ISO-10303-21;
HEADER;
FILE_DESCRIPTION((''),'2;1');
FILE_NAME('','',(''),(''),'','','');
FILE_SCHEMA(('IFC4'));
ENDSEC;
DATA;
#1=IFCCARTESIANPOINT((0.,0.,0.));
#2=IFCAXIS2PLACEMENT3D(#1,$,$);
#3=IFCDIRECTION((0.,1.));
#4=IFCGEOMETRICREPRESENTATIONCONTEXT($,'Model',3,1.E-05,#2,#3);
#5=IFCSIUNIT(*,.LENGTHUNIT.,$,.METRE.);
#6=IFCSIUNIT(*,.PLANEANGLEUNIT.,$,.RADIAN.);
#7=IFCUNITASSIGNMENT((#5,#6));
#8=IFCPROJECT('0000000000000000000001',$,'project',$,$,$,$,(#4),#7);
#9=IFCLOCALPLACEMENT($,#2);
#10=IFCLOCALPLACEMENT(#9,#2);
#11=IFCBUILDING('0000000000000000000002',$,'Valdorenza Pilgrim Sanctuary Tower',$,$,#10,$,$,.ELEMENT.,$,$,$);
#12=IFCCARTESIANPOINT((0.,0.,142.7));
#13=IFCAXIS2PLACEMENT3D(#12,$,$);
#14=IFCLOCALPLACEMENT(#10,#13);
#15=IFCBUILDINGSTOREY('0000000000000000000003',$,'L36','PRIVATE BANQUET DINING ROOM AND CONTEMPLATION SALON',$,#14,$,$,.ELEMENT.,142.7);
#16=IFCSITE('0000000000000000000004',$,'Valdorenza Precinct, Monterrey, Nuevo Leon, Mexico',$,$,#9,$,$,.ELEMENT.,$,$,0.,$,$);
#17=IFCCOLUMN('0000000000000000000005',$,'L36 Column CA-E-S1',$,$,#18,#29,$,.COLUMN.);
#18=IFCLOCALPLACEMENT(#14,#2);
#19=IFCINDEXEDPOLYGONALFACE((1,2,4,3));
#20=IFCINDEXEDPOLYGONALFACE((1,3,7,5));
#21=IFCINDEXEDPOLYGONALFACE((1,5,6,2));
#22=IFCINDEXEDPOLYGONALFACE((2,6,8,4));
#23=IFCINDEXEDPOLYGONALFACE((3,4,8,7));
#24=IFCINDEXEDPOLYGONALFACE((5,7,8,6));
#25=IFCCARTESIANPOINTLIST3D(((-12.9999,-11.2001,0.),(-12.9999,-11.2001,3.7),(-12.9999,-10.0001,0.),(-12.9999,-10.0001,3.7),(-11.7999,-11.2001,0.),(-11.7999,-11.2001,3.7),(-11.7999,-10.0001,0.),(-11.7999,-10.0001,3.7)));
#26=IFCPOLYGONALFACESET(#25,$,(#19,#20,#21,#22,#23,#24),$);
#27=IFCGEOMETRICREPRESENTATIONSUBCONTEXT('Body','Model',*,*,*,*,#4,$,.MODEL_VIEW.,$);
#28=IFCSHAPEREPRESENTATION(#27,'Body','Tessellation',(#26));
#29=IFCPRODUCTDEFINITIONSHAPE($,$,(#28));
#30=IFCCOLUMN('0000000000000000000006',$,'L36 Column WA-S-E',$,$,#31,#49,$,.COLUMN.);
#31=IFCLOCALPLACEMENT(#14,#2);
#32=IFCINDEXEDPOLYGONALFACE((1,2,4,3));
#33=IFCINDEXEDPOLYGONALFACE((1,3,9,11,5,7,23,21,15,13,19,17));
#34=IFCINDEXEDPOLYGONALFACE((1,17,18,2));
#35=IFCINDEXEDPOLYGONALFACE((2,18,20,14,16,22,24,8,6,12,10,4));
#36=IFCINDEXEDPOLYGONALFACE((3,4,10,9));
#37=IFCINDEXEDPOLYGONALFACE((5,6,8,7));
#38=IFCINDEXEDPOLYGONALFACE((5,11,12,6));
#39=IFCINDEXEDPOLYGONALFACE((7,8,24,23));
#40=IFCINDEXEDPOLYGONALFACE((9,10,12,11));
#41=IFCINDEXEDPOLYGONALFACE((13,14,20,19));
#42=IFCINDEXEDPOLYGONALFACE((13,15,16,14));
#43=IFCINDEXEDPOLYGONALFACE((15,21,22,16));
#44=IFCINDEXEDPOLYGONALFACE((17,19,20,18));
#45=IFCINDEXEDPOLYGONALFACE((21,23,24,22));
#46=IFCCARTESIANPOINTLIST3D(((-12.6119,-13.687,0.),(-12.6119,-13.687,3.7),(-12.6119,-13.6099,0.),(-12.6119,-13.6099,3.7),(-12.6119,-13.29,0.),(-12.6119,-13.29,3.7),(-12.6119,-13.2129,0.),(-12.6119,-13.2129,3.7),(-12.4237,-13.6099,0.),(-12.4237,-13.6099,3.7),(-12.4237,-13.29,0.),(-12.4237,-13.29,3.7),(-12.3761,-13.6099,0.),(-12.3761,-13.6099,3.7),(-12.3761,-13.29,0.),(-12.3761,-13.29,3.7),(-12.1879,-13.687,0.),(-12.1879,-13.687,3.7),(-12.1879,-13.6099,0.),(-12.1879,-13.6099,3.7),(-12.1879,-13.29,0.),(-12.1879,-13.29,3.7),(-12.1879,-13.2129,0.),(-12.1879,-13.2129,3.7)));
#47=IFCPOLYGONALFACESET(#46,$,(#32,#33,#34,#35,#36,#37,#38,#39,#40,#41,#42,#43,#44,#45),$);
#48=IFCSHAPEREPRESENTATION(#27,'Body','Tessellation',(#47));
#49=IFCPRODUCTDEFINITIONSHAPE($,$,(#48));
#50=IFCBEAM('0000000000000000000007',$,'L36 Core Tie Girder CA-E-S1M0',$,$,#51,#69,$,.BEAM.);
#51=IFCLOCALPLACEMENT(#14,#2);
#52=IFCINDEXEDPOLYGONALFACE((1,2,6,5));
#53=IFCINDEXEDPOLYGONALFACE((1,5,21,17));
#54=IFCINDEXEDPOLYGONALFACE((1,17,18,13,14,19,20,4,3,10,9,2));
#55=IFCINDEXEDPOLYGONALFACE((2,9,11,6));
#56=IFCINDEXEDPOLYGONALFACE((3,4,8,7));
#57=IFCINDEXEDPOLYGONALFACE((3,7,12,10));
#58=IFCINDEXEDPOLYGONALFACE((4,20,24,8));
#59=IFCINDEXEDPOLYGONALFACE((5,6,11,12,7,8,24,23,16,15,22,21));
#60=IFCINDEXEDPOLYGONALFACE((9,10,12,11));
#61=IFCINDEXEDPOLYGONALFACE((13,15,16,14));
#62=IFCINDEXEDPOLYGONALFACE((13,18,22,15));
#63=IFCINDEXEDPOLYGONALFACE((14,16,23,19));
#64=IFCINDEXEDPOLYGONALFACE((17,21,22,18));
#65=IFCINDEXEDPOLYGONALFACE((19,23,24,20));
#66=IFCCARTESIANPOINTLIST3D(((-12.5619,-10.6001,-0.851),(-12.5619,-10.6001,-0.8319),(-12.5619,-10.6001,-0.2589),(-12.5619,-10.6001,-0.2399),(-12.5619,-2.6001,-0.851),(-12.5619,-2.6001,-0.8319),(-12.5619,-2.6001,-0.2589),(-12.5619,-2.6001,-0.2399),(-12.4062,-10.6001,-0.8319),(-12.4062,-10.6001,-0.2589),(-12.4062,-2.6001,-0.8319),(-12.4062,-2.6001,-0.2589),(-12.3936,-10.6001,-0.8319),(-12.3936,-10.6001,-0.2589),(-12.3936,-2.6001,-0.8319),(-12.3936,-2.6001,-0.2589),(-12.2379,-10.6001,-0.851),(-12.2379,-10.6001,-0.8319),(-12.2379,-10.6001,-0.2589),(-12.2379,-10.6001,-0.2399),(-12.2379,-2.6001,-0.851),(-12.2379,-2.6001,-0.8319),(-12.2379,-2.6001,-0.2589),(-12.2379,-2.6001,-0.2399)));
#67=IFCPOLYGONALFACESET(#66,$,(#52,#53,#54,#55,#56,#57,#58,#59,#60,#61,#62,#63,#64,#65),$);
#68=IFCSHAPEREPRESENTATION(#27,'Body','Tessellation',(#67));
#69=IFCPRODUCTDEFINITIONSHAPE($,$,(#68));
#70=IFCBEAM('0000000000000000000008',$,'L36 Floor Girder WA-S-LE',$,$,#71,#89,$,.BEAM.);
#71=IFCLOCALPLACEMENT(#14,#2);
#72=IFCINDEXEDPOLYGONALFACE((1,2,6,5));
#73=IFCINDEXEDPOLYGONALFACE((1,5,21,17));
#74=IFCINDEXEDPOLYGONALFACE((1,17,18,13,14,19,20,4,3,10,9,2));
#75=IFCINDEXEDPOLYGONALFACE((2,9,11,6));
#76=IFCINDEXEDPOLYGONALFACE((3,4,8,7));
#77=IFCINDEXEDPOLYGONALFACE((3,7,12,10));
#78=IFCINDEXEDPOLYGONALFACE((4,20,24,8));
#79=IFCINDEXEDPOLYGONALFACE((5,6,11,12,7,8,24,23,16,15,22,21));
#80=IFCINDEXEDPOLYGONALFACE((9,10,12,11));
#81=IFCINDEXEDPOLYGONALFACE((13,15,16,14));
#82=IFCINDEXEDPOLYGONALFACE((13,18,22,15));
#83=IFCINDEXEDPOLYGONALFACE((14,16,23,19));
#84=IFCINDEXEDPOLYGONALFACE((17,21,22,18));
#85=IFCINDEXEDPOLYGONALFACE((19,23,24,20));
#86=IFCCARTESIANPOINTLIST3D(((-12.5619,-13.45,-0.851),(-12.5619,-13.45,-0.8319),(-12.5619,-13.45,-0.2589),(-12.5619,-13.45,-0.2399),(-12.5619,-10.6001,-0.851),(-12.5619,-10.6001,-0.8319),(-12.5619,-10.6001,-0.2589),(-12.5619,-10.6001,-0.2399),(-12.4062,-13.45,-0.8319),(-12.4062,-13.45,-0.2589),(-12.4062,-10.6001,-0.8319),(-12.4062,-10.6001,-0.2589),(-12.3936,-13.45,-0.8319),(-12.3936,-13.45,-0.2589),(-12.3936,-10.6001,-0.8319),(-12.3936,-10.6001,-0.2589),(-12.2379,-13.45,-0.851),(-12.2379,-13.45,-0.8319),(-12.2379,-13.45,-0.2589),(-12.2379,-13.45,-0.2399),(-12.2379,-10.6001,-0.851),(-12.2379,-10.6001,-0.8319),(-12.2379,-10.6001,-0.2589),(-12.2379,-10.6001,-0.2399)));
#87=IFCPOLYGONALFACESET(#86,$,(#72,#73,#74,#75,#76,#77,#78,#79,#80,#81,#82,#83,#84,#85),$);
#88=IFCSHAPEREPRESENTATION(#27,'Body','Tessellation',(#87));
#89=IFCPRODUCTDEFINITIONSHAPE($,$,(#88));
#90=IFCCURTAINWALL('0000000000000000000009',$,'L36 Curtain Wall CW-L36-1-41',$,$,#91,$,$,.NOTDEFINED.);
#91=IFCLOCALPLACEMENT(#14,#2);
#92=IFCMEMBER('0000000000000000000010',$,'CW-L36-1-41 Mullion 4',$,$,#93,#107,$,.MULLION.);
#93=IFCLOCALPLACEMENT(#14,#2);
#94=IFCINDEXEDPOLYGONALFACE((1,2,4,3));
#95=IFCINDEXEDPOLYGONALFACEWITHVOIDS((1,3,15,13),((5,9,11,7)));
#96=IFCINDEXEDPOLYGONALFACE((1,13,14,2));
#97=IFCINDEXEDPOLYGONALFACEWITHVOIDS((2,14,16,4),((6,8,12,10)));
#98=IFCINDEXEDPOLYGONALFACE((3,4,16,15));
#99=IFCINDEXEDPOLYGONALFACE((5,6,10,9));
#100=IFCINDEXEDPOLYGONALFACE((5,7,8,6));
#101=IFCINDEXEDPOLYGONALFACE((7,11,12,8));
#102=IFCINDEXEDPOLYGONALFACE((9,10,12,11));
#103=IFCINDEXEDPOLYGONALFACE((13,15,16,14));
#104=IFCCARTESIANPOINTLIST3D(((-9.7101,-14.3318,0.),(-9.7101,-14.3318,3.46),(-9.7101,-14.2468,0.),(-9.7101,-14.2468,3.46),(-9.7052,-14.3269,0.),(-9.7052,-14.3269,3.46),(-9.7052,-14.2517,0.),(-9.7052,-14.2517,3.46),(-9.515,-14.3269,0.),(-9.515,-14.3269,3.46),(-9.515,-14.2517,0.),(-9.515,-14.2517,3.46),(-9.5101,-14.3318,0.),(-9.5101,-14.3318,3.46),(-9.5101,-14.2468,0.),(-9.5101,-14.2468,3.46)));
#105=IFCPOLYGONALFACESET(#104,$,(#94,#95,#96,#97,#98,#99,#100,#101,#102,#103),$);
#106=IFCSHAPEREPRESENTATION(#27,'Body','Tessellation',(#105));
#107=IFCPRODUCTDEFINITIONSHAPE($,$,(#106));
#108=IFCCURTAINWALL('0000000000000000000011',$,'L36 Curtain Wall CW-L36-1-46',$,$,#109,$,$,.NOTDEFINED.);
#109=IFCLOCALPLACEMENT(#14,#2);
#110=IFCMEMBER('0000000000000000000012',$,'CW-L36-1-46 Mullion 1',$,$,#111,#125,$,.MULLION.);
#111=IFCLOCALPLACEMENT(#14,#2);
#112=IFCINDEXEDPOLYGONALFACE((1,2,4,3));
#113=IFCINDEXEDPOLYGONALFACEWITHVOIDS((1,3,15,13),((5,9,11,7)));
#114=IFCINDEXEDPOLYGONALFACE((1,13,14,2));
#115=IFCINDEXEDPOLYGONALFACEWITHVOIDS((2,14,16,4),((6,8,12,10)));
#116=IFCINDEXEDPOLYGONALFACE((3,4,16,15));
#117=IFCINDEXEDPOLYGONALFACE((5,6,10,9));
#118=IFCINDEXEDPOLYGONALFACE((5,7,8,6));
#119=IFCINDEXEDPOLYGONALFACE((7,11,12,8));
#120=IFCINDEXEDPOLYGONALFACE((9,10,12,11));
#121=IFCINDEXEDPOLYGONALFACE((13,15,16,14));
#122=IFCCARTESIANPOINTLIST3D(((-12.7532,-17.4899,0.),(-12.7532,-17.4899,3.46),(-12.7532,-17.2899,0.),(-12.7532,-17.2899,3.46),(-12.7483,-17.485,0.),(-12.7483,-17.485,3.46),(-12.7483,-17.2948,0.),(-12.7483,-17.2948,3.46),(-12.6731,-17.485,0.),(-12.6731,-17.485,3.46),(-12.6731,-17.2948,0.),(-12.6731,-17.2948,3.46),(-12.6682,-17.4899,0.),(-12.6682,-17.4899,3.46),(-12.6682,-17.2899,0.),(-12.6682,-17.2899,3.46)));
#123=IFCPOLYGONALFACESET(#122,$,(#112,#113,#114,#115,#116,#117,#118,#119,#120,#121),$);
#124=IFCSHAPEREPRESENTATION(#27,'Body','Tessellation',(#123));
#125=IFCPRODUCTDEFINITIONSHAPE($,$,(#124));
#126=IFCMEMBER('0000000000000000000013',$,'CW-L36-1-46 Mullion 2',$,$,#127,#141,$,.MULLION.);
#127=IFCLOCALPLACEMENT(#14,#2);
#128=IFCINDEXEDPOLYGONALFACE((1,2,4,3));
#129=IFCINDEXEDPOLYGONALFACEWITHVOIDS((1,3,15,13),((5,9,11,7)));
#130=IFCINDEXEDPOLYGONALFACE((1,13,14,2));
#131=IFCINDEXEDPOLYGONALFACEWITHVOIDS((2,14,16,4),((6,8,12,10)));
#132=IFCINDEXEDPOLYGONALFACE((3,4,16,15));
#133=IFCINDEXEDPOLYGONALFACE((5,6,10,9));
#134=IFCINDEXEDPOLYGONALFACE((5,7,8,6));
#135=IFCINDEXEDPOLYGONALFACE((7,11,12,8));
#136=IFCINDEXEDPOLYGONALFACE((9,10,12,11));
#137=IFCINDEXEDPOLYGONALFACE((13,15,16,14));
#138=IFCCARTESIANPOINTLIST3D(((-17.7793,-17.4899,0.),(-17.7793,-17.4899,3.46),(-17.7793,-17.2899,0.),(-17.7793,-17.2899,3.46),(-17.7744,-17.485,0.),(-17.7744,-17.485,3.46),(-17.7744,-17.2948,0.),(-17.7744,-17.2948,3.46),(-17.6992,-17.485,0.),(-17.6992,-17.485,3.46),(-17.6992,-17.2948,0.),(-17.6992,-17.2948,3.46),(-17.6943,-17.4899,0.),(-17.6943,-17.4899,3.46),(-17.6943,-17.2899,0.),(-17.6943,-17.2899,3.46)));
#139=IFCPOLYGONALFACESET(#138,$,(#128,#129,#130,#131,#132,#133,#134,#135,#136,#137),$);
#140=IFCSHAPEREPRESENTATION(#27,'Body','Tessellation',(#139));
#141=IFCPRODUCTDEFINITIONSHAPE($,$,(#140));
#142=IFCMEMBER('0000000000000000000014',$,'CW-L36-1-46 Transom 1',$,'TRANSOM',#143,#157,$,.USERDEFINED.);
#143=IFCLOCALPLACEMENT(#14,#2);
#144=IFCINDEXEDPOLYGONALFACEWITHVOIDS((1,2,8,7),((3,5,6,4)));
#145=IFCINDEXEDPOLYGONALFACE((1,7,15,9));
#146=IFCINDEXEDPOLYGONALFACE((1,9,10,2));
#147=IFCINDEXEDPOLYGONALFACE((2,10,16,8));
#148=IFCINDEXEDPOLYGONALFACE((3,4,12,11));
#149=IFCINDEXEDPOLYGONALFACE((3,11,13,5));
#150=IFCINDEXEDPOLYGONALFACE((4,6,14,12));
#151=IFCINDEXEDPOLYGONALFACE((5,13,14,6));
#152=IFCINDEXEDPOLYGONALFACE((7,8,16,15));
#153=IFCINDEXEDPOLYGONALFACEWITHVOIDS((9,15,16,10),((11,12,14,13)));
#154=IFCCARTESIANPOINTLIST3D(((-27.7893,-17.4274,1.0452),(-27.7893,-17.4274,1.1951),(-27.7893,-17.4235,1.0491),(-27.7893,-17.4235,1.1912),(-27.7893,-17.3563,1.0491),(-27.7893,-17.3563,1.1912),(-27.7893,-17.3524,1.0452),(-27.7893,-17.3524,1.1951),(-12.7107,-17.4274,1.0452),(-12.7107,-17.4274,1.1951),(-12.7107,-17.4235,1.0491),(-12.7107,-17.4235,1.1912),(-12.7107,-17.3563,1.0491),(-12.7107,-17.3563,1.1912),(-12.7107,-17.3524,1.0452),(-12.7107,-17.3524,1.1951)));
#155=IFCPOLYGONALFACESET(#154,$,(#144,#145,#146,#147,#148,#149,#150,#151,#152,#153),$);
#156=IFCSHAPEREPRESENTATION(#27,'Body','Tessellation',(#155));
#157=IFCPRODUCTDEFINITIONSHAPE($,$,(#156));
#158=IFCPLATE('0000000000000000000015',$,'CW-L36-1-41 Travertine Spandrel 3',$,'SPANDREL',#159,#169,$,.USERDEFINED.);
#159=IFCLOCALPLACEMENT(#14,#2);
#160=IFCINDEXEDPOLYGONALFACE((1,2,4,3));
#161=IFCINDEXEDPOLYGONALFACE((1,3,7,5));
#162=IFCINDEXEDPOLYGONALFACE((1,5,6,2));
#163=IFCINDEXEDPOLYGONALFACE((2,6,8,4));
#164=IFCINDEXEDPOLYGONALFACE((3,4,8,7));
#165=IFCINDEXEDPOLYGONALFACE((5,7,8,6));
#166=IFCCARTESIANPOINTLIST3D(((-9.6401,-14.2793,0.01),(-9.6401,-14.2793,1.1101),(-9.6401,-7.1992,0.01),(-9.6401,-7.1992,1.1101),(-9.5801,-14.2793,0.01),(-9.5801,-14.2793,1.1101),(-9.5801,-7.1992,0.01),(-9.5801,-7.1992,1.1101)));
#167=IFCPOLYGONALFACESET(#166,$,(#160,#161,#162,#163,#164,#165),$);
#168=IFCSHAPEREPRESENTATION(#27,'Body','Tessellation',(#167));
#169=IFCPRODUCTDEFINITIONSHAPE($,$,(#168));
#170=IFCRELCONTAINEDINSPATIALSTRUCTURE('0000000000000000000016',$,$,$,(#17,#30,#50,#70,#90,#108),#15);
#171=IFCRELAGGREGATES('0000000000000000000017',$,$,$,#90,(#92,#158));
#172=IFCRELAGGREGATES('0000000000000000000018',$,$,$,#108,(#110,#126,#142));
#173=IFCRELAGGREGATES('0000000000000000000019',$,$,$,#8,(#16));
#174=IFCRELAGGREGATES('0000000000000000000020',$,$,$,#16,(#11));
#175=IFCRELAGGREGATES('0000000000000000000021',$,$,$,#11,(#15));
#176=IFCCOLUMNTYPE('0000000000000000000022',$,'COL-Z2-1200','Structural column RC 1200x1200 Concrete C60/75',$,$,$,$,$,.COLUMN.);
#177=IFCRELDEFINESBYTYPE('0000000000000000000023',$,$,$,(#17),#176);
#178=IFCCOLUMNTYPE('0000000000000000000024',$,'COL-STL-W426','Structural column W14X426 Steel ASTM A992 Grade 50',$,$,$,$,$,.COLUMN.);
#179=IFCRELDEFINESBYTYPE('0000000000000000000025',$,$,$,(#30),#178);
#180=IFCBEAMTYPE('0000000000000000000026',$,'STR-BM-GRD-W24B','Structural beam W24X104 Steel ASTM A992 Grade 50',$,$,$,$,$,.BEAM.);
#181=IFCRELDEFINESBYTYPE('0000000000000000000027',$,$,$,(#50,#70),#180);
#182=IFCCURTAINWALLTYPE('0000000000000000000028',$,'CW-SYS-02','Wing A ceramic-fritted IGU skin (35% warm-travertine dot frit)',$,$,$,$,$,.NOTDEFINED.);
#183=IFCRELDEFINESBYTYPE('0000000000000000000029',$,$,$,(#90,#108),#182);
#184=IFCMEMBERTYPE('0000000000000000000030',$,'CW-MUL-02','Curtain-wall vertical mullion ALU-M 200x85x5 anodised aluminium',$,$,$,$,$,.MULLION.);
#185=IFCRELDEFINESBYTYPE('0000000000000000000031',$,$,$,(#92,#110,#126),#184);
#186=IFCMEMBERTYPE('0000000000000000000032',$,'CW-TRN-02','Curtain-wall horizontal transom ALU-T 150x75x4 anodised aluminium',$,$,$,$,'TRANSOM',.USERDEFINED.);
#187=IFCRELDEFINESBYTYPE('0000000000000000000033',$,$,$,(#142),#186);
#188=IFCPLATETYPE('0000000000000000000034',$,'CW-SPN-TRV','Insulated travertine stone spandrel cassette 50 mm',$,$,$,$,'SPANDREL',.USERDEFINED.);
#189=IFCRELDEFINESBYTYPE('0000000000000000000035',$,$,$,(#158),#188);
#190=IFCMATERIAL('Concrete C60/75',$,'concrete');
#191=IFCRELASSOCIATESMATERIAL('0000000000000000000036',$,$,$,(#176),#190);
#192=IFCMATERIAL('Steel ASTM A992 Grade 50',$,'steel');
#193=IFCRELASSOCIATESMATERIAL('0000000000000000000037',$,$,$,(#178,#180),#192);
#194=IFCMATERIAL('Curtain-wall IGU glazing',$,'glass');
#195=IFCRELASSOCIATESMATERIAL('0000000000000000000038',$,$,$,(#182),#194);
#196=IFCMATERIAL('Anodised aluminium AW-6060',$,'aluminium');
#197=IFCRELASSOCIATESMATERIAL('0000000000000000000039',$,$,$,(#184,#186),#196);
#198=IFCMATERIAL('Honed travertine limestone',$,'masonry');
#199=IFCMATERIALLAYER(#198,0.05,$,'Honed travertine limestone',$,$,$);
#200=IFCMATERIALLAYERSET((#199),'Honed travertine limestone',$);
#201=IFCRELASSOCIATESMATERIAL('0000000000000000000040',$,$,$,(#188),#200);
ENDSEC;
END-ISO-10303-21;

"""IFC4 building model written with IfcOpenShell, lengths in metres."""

from ifc_helpers import new_model, si_unit, direction, frame, origin, origin_2d, place, context, subcontext, project, spatial, rectangle, hollow_rectangle, i_section, extrude, source, transform, mapped, material, layer, layer_set, material_profile, profile_set, type_object, element, aggregate, save


model = new_model("IFC4")

# Units and contexts
model_context = context("Model", 3, precision=1e-05, world=origin(), true_north=direction((0.0, 1.0)))
body_context = subcontext(model_context, "Body", "Model", "MODEL_VIEW")
ifc_project = project(units=[si_unit("LENGTHUNIT", "METRE"), si_unit("PLANEANGLEUNIT", "RADIAN")], contexts=[model_context])

# Site, building, storey
site_placement = place(None, origin())
site = spatial("IfcSite", under=ifc_project, at=site_placement, Name="Valdorenza Precinct, Monterrey, Nuevo Leon, Mexico", CompositionType="ELEMENT", RefElevation=0.0)
building_placement = place(site_placement, origin())
building = spatial("IfcBuilding", under=site, at=building_placement, Name="Valdorenza Pilgrim Sanctuary Tower", CompositionType="ELEMENT")
storey_placement = place(building_placement, frame((0.0, 0.0, 142.7)))
storey = spatial("IfcBuildingStorey", under=building, at=storey_placement, Name="L36", Description="PRIVATE BANQUET DINING ROOM AND CONTEMPLATION SALON", CompositionType="ELEMENT", Elevation=142.7)

# Columns
ifc_material_1 = material(Name="Concrete C60/75", Category="concrete")
ifc_material_profile_1 = material_profile(ifc_material_1, rectangle(XDim=1.2, YDim=1.2, at=origin_2d()), Name="RC 1200x1200")
ifc_profile_set_1 = profile_set([ifc_material_profile_1], Name="Concrete C60/75")
column_type_1 = type_object("IfcColumnType", Name="COL-Z2-1200", Description="Structural column RC 1200x1200 Concrete C60/75", PredefinedType="COLUMN", material=ifc_profile_set_1)
shared_shape_1 = source(origin(), body_context, "Body", "SweptSolid", [
    extrude(rectangle(XDim=1.2, YDim=1.2, at=origin_2d()), origin(), (0.0, 0.0, 1.0), 3.7),
])
column_1_placement = place(storey_placement, frame((-12.3999, -10.6001, 0.0), z_axis=(0.0, 0.0, 1.0), x_axis=(1.0, 0.0, 0.0)))
element("IfcColumn", 1, at=column_1_placement, inside=storey, type_object=column_type_1, Name="L36 Column CA-E-S1", PredefinedType="COLUMN", context=body_context, shape_type="MappedRepresentation", body=[
    mapped(shared_shape_1, transform((0.0, 0.0, 0.0), x_axis=(1.0, 0.0, 0.0), y_axis=(0.0, 1.0, 0.0), z_axis=(0.0, 0.0, 1.0), scale=1.0)),
])
ifc_material_2 = material(Name="Steel ASTM A992 Grade 50", Category="steel")
ifc_material_profile_2 = material_profile(ifc_material_2, i_section(OverallWidth=0.4241, OverallDepth=0.4741, WebThickness=0.0476, FlangeThickness=0.0771, at=origin_2d()), Name="W14X426")
ifc_profile_set_2 = profile_set([ifc_material_profile_2], Name="Steel ASTM A992 Grade 50")
column_type_2 = type_object("IfcColumnType", Name="COL-STL-W426", Description="Structural column W14X426 Steel ASTM A992 Grade 50", PredefinedType="COLUMN", material=ifc_profile_set_2)
shared_shape_2 = source(origin(), body_context, "Body", "SweptSolid", [
    extrude(i_section(OverallWidth=0.4241, OverallDepth=0.4741, WebThickness=0.0476, FlangeThickness=0.0771, at=origin_2d()), origin(), (0.0, 0.0, 1.0), 3.7),
])
column_2_placement = place(storey_placement, frame((-12.3999, -13.45, 0.0), z_axis=(0.0, 0.0, 1.0), x_axis=(1.0, 0.0, 0.0)))
element("IfcColumn", 2, at=column_2_placement, inside=storey, type_object=column_type_2, Name="L36 Column WA-S-E", PredefinedType="COLUMN", context=body_context, shape_type="MappedRepresentation", body=[
    mapped(shared_shape_2, transform((0.0, 0.0, 0.0), x_axis=(1.0, 0.0, 0.0), y_axis=(0.0, 1.0, 0.0), z_axis=(0.0, 0.0, 1.0), scale=1.0)),
])

# Beams
ifc_material_profile_3 = material_profile(ifc_material_2, i_section(OverallWidth=0.324, OverallDepth=0.6111, WebThickness=0.0127, FlangeThickness=0.019, at=origin_2d()), Name="W24X104")
ifc_profile_set_3 = profile_set([ifc_material_profile_3], Name="Steel ASTM A992 Grade 50")
beam_type = type_object("IfcBeamType", Name="STR-BM-GRD-W24B", Description="Structural beam W24X104 Steel ASTM A992 Grade 50", PredefinedType="BEAM", material=ifc_profile_set_3)
shared_shape_3 = source(origin(), body_context, "Body", "SweptSolid", [
    extrude(i_section(OverallWidth=0.324, OverallDepth=0.6111, WebThickness=0.0127, FlangeThickness=0.019, at=origin_2d()), origin(), (0.0, 0.0, 1.0), 8.0),
])
beam_1_placement = place(storey_placement, frame((-12.3999, -10.6001, -0.5454), z_axis=(0.0, 1.0, 0.0), x_axis=(-1.0, 0.0, 0.0)))
element("IfcBeam", 3, at=beam_1_placement, inside=storey, type_object=beam_type, Name="L36 Core Tie Girder CA-E-S1M0", PredefinedType="BEAM", context=body_context, shape_type="MappedRepresentation", body=[
    mapped(shared_shape_3, transform((0.0, 0.0, 0.0), x_axis=(1.0, 0.0, 0.0), y_axis=(0.0, 1.0, 0.0), z_axis=(0.0, 0.0, 1.0), scale=1.0)),
])
shared_shape_4 = source(origin(), body_context, "Body", "SweptSolid", [
    extrude(i_section(OverallWidth=0.324, OverallDepth=0.6111, WebThickness=0.0127, FlangeThickness=0.019, at=origin_2d()), origin(), (0.0, 0.0, 1.0), 2.8499),
])
beam_2_placement = place(storey_placement, frame((-12.3999, -13.45, -0.5454), z_axis=(0.0, 1.0, 0.0), x_axis=(-1.0, 0.0, 0.0)))
element("IfcBeam", 4, at=beam_2_placement, inside=storey, type_object=beam_type, Name="L36 Floor Girder WA-S-LE", PredefinedType="BEAM", context=body_context, shape_type="MappedRepresentation", body=[
    mapped(shared_shape_4, transform((0.0, 0.0, 0.0), x_axis=(1.0, 0.0, 0.0), y_axis=(0.0, 1.0, 0.0), z_axis=(0.0, 0.0, 1.0), scale=1.0)),
])

# Curtain wall, member
ifc_material_3 = material(Name="Curtain-wall IGU glazing", Category="glass")
curtain_wall_type = type_object("IfcCurtainWallType", Name="CW-SYS-02", Description="Wing A ceramic-fritted IGU skin (35% warm-travertine dot frit)", PredefinedType="NOTDEFINED", material=ifc_material_3)
curtain_wall_1_placement = place(storey_placement, origin())
curtain_wall_1 = element("IfcCurtainWall", 5, at=curtain_wall_1_placement, inside=storey, type_object=curtain_wall_type, Name="L36 Curtain Wall CW-L36-1-41", PredefinedType="NOTDEFINED")
ifc_material_4 = material(Name="Anodised aluminium AW-6060", Category="aluminium")
ifc_material_profile_4 = material_profile(ifc_material_4, hollow_rectangle(XDim=0.085, YDim=0.2, WallThickness=0.0049, at=origin_2d()), Name="ALU-M 200x85x5")
ifc_profile_set_4 = profile_set([ifc_material_profile_4], Name="Anodised aluminium AW-6060")
member_type_1 = type_object("IfcMemberType", Name="CW-MUL-02", Description="Curtain-wall vertical mullion ALU-M 200x85x5 anodised aluminium", PredefinedType="MULLION", material=ifc_profile_set_4)
shared_shape_5 = source(origin(), body_context, "Body", "SweptSolid", [
    extrude(hollow_rectangle(XDim=0.085, YDim=0.2, WallThickness=0.0049, at=origin_2d()), origin(), (0.0, 0.0, 1.0), 3.46),
])
member_1_placement = place(storey_placement, frame((-9.6101, -14.2893, 0.0), z_axis=(0.0, 0.0, 1.0), x_axis=(0.0, -1.0, 0.0)))
member_1 = element("IfcMember", 6, at=member_1_placement, type_object=member_type_1, Name="CW-L36-1-41 Mullion 4", PredefinedType="MULLION", context=body_context, shape_type="MappedRepresentation", body=[
    mapped(shared_shape_5, transform((0.0, 0.0, 0.0), x_axis=(1.0, 0.0, 0.0), y_axis=(0.0, 1.0, 0.0), z_axis=(0.0, 0.0, 1.0), scale=1.0)),
])

# Curtain wall, members
curtain_wall_2_placement = place(storey_placement, origin())
curtain_wall_2 = element("IfcCurtainWall", 7, at=curtain_wall_2_placement, inside=storey, type_object=curtain_wall_type, Name="L36 Curtain Wall CW-L36-1-46", PredefinedType="NOTDEFINED")
member_2_placement = place(storey_placement, frame((-12.7107, -17.3899, 0.0), z_axis=(0.0, 0.0, 1.0), x_axis=(-1.0, 0.0, 0.0)))
member_2 = element("IfcMember", 8, at=member_2_placement, type_object=member_type_1, Name="CW-L36-1-46 Mullion 1", PredefinedType="MULLION", context=body_context, shape_type="MappedRepresentation", body=[
    mapped(shared_shape_5, transform((0.0, 0.0, 0.0), x_axis=(1.0, 0.0, 0.0), y_axis=(0.0, 1.0, 0.0), z_axis=(0.0, 0.0, 1.0), scale=1.0)),
])
member_3_placement = place(storey_placement, frame((-17.7368, -17.3899, 0.0), z_axis=(0.0, 0.0, 1.0), x_axis=(-1.0, 0.0, 0.0)))
member_3 = element("IfcMember", 9, at=member_3_placement, type_object=member_type_1, Name="CW-L36-1-46 Mullion 2", PredefinedType="MULLION", context=body_context, shape_type="MappedRepresentation", body=[
    mapped(shared_shape_5, transform((0.0, 0.0, 0.0), x_axis=(1.0, 0.0, 0.0), y_axis=(0.0, 1.0, 0.0), z_axis=(0.0, 0.0, 1.0), scale=1.0)),
])
ifc_material_profile_5 = material_profile(ifc_material_4, hollow_rectangle(XDim=0.075, YDim=0.1499, WallThickness=0.0039, at=origin_2d()), Name="ALU-T 150x75x4")
ifc_profile_set_5 = profile_set([ifc_material_profile_5], Name="Anodised aluminium AW-6060")
member_type_2 = type_object("IfcMemberType", Name="CW-TRN-02", Description="Curtain-wall horizontal transom ALU-T 150x75x4 anodised aluminium", ElementType="TRANSOM", PredefinedType="USERDEFINED", material=ifc_profile_set_5)
shared_shape_6 = source(origin(), body_context, "Body", "SweptSolid", [
    extrude(hollow_rectangle(XDim=0.075, YDim=0.1499, WallThickness=0.0039, at=origin_2d()), origin(), (0.0, 0.0, 1.0), 15.0786),
])
member_4_placement = place(storey_placement, frame((-12.7107, -17.3899, 1.1201), z_axis=(-1.0, 0.0, 0.0), x_axis=(0.0, -1.0, 0.0)))
member_4 = element("IfcMember", 10, at=member_4_placement, type_object=member_type_2, Name="CW-L36-1-46 Transom 1", ObjectType="TRANSOM", PredefinedType="USERDEFINED", context=body_context, shape_type="MappedRepresentation", body=[
    mapped(shared_shape_6, transform((0.0, 0.0, 0.0), x_axis=(1.0, 0.0, 0.0), y_axis=(0.0, 1.0, 0.0), z_axis=(0.0, 0.0, 1.0), scale=1.0)),
])

# Plate
ifc_material_5 = material(Name="Honed travertine limestone", Category="masonry")
ifc_layer_1 = layer(ifc_material_5, 0.05, Name="Honed travertine limestone")
ifc_layer_set_1 = layer_set([ifc_layer_1], Name="Honed travertine limestone")
plate_type_1 = type_object("IfcPlateType", Name="CW-SPN-TRV", Description="Insulated travertine stone spandrel cassette 50 mm", ElementType="SPANDREL", PredefinedType="USERDEFINED", material=ifc_layer_set_1)
shared_shape_7 = source(origin(), body_context, "Body", "SweptSolid", [
    extrude(rectangle(XDim=7.0801, YDim=0.0601, at=origin_2d()), origin(), (0.0, 0.0, 1.0), 1.1001),
])
plate_1_placement = place(storey_placement, frame((-9.6101, -10.7393, 0.01), z_axis=(0.0, 0.0, 1.0), x_axis=(0.0, -1.0, 0.0)))
plate_1 = element("IfcPlate", 11, at=plate_1_placement, type_object=plate_type_1, Name="CW-L36-1-41 Travertine Spandrel 3", ObjectType="SPANDREL", PredefinedType="USERDEFINED", context=body_context, shape_type="MappedRepresentation", body=[
    mapped(shared_shape_7, transform((0.0, 0.0, 0.0), x_axis=(1.0, 0.0, 0.0), y_axis=(0.0, 1.0, 0.0), z_axis=(0.0, 0.0, 1.0), scale=1.0)),
])
aggregate(curtain_wall_1, [member_1, plate_1])
aggregate(curtain_wall_2, [member_2, member_3, member_4])

save(model, "model.ifc")
